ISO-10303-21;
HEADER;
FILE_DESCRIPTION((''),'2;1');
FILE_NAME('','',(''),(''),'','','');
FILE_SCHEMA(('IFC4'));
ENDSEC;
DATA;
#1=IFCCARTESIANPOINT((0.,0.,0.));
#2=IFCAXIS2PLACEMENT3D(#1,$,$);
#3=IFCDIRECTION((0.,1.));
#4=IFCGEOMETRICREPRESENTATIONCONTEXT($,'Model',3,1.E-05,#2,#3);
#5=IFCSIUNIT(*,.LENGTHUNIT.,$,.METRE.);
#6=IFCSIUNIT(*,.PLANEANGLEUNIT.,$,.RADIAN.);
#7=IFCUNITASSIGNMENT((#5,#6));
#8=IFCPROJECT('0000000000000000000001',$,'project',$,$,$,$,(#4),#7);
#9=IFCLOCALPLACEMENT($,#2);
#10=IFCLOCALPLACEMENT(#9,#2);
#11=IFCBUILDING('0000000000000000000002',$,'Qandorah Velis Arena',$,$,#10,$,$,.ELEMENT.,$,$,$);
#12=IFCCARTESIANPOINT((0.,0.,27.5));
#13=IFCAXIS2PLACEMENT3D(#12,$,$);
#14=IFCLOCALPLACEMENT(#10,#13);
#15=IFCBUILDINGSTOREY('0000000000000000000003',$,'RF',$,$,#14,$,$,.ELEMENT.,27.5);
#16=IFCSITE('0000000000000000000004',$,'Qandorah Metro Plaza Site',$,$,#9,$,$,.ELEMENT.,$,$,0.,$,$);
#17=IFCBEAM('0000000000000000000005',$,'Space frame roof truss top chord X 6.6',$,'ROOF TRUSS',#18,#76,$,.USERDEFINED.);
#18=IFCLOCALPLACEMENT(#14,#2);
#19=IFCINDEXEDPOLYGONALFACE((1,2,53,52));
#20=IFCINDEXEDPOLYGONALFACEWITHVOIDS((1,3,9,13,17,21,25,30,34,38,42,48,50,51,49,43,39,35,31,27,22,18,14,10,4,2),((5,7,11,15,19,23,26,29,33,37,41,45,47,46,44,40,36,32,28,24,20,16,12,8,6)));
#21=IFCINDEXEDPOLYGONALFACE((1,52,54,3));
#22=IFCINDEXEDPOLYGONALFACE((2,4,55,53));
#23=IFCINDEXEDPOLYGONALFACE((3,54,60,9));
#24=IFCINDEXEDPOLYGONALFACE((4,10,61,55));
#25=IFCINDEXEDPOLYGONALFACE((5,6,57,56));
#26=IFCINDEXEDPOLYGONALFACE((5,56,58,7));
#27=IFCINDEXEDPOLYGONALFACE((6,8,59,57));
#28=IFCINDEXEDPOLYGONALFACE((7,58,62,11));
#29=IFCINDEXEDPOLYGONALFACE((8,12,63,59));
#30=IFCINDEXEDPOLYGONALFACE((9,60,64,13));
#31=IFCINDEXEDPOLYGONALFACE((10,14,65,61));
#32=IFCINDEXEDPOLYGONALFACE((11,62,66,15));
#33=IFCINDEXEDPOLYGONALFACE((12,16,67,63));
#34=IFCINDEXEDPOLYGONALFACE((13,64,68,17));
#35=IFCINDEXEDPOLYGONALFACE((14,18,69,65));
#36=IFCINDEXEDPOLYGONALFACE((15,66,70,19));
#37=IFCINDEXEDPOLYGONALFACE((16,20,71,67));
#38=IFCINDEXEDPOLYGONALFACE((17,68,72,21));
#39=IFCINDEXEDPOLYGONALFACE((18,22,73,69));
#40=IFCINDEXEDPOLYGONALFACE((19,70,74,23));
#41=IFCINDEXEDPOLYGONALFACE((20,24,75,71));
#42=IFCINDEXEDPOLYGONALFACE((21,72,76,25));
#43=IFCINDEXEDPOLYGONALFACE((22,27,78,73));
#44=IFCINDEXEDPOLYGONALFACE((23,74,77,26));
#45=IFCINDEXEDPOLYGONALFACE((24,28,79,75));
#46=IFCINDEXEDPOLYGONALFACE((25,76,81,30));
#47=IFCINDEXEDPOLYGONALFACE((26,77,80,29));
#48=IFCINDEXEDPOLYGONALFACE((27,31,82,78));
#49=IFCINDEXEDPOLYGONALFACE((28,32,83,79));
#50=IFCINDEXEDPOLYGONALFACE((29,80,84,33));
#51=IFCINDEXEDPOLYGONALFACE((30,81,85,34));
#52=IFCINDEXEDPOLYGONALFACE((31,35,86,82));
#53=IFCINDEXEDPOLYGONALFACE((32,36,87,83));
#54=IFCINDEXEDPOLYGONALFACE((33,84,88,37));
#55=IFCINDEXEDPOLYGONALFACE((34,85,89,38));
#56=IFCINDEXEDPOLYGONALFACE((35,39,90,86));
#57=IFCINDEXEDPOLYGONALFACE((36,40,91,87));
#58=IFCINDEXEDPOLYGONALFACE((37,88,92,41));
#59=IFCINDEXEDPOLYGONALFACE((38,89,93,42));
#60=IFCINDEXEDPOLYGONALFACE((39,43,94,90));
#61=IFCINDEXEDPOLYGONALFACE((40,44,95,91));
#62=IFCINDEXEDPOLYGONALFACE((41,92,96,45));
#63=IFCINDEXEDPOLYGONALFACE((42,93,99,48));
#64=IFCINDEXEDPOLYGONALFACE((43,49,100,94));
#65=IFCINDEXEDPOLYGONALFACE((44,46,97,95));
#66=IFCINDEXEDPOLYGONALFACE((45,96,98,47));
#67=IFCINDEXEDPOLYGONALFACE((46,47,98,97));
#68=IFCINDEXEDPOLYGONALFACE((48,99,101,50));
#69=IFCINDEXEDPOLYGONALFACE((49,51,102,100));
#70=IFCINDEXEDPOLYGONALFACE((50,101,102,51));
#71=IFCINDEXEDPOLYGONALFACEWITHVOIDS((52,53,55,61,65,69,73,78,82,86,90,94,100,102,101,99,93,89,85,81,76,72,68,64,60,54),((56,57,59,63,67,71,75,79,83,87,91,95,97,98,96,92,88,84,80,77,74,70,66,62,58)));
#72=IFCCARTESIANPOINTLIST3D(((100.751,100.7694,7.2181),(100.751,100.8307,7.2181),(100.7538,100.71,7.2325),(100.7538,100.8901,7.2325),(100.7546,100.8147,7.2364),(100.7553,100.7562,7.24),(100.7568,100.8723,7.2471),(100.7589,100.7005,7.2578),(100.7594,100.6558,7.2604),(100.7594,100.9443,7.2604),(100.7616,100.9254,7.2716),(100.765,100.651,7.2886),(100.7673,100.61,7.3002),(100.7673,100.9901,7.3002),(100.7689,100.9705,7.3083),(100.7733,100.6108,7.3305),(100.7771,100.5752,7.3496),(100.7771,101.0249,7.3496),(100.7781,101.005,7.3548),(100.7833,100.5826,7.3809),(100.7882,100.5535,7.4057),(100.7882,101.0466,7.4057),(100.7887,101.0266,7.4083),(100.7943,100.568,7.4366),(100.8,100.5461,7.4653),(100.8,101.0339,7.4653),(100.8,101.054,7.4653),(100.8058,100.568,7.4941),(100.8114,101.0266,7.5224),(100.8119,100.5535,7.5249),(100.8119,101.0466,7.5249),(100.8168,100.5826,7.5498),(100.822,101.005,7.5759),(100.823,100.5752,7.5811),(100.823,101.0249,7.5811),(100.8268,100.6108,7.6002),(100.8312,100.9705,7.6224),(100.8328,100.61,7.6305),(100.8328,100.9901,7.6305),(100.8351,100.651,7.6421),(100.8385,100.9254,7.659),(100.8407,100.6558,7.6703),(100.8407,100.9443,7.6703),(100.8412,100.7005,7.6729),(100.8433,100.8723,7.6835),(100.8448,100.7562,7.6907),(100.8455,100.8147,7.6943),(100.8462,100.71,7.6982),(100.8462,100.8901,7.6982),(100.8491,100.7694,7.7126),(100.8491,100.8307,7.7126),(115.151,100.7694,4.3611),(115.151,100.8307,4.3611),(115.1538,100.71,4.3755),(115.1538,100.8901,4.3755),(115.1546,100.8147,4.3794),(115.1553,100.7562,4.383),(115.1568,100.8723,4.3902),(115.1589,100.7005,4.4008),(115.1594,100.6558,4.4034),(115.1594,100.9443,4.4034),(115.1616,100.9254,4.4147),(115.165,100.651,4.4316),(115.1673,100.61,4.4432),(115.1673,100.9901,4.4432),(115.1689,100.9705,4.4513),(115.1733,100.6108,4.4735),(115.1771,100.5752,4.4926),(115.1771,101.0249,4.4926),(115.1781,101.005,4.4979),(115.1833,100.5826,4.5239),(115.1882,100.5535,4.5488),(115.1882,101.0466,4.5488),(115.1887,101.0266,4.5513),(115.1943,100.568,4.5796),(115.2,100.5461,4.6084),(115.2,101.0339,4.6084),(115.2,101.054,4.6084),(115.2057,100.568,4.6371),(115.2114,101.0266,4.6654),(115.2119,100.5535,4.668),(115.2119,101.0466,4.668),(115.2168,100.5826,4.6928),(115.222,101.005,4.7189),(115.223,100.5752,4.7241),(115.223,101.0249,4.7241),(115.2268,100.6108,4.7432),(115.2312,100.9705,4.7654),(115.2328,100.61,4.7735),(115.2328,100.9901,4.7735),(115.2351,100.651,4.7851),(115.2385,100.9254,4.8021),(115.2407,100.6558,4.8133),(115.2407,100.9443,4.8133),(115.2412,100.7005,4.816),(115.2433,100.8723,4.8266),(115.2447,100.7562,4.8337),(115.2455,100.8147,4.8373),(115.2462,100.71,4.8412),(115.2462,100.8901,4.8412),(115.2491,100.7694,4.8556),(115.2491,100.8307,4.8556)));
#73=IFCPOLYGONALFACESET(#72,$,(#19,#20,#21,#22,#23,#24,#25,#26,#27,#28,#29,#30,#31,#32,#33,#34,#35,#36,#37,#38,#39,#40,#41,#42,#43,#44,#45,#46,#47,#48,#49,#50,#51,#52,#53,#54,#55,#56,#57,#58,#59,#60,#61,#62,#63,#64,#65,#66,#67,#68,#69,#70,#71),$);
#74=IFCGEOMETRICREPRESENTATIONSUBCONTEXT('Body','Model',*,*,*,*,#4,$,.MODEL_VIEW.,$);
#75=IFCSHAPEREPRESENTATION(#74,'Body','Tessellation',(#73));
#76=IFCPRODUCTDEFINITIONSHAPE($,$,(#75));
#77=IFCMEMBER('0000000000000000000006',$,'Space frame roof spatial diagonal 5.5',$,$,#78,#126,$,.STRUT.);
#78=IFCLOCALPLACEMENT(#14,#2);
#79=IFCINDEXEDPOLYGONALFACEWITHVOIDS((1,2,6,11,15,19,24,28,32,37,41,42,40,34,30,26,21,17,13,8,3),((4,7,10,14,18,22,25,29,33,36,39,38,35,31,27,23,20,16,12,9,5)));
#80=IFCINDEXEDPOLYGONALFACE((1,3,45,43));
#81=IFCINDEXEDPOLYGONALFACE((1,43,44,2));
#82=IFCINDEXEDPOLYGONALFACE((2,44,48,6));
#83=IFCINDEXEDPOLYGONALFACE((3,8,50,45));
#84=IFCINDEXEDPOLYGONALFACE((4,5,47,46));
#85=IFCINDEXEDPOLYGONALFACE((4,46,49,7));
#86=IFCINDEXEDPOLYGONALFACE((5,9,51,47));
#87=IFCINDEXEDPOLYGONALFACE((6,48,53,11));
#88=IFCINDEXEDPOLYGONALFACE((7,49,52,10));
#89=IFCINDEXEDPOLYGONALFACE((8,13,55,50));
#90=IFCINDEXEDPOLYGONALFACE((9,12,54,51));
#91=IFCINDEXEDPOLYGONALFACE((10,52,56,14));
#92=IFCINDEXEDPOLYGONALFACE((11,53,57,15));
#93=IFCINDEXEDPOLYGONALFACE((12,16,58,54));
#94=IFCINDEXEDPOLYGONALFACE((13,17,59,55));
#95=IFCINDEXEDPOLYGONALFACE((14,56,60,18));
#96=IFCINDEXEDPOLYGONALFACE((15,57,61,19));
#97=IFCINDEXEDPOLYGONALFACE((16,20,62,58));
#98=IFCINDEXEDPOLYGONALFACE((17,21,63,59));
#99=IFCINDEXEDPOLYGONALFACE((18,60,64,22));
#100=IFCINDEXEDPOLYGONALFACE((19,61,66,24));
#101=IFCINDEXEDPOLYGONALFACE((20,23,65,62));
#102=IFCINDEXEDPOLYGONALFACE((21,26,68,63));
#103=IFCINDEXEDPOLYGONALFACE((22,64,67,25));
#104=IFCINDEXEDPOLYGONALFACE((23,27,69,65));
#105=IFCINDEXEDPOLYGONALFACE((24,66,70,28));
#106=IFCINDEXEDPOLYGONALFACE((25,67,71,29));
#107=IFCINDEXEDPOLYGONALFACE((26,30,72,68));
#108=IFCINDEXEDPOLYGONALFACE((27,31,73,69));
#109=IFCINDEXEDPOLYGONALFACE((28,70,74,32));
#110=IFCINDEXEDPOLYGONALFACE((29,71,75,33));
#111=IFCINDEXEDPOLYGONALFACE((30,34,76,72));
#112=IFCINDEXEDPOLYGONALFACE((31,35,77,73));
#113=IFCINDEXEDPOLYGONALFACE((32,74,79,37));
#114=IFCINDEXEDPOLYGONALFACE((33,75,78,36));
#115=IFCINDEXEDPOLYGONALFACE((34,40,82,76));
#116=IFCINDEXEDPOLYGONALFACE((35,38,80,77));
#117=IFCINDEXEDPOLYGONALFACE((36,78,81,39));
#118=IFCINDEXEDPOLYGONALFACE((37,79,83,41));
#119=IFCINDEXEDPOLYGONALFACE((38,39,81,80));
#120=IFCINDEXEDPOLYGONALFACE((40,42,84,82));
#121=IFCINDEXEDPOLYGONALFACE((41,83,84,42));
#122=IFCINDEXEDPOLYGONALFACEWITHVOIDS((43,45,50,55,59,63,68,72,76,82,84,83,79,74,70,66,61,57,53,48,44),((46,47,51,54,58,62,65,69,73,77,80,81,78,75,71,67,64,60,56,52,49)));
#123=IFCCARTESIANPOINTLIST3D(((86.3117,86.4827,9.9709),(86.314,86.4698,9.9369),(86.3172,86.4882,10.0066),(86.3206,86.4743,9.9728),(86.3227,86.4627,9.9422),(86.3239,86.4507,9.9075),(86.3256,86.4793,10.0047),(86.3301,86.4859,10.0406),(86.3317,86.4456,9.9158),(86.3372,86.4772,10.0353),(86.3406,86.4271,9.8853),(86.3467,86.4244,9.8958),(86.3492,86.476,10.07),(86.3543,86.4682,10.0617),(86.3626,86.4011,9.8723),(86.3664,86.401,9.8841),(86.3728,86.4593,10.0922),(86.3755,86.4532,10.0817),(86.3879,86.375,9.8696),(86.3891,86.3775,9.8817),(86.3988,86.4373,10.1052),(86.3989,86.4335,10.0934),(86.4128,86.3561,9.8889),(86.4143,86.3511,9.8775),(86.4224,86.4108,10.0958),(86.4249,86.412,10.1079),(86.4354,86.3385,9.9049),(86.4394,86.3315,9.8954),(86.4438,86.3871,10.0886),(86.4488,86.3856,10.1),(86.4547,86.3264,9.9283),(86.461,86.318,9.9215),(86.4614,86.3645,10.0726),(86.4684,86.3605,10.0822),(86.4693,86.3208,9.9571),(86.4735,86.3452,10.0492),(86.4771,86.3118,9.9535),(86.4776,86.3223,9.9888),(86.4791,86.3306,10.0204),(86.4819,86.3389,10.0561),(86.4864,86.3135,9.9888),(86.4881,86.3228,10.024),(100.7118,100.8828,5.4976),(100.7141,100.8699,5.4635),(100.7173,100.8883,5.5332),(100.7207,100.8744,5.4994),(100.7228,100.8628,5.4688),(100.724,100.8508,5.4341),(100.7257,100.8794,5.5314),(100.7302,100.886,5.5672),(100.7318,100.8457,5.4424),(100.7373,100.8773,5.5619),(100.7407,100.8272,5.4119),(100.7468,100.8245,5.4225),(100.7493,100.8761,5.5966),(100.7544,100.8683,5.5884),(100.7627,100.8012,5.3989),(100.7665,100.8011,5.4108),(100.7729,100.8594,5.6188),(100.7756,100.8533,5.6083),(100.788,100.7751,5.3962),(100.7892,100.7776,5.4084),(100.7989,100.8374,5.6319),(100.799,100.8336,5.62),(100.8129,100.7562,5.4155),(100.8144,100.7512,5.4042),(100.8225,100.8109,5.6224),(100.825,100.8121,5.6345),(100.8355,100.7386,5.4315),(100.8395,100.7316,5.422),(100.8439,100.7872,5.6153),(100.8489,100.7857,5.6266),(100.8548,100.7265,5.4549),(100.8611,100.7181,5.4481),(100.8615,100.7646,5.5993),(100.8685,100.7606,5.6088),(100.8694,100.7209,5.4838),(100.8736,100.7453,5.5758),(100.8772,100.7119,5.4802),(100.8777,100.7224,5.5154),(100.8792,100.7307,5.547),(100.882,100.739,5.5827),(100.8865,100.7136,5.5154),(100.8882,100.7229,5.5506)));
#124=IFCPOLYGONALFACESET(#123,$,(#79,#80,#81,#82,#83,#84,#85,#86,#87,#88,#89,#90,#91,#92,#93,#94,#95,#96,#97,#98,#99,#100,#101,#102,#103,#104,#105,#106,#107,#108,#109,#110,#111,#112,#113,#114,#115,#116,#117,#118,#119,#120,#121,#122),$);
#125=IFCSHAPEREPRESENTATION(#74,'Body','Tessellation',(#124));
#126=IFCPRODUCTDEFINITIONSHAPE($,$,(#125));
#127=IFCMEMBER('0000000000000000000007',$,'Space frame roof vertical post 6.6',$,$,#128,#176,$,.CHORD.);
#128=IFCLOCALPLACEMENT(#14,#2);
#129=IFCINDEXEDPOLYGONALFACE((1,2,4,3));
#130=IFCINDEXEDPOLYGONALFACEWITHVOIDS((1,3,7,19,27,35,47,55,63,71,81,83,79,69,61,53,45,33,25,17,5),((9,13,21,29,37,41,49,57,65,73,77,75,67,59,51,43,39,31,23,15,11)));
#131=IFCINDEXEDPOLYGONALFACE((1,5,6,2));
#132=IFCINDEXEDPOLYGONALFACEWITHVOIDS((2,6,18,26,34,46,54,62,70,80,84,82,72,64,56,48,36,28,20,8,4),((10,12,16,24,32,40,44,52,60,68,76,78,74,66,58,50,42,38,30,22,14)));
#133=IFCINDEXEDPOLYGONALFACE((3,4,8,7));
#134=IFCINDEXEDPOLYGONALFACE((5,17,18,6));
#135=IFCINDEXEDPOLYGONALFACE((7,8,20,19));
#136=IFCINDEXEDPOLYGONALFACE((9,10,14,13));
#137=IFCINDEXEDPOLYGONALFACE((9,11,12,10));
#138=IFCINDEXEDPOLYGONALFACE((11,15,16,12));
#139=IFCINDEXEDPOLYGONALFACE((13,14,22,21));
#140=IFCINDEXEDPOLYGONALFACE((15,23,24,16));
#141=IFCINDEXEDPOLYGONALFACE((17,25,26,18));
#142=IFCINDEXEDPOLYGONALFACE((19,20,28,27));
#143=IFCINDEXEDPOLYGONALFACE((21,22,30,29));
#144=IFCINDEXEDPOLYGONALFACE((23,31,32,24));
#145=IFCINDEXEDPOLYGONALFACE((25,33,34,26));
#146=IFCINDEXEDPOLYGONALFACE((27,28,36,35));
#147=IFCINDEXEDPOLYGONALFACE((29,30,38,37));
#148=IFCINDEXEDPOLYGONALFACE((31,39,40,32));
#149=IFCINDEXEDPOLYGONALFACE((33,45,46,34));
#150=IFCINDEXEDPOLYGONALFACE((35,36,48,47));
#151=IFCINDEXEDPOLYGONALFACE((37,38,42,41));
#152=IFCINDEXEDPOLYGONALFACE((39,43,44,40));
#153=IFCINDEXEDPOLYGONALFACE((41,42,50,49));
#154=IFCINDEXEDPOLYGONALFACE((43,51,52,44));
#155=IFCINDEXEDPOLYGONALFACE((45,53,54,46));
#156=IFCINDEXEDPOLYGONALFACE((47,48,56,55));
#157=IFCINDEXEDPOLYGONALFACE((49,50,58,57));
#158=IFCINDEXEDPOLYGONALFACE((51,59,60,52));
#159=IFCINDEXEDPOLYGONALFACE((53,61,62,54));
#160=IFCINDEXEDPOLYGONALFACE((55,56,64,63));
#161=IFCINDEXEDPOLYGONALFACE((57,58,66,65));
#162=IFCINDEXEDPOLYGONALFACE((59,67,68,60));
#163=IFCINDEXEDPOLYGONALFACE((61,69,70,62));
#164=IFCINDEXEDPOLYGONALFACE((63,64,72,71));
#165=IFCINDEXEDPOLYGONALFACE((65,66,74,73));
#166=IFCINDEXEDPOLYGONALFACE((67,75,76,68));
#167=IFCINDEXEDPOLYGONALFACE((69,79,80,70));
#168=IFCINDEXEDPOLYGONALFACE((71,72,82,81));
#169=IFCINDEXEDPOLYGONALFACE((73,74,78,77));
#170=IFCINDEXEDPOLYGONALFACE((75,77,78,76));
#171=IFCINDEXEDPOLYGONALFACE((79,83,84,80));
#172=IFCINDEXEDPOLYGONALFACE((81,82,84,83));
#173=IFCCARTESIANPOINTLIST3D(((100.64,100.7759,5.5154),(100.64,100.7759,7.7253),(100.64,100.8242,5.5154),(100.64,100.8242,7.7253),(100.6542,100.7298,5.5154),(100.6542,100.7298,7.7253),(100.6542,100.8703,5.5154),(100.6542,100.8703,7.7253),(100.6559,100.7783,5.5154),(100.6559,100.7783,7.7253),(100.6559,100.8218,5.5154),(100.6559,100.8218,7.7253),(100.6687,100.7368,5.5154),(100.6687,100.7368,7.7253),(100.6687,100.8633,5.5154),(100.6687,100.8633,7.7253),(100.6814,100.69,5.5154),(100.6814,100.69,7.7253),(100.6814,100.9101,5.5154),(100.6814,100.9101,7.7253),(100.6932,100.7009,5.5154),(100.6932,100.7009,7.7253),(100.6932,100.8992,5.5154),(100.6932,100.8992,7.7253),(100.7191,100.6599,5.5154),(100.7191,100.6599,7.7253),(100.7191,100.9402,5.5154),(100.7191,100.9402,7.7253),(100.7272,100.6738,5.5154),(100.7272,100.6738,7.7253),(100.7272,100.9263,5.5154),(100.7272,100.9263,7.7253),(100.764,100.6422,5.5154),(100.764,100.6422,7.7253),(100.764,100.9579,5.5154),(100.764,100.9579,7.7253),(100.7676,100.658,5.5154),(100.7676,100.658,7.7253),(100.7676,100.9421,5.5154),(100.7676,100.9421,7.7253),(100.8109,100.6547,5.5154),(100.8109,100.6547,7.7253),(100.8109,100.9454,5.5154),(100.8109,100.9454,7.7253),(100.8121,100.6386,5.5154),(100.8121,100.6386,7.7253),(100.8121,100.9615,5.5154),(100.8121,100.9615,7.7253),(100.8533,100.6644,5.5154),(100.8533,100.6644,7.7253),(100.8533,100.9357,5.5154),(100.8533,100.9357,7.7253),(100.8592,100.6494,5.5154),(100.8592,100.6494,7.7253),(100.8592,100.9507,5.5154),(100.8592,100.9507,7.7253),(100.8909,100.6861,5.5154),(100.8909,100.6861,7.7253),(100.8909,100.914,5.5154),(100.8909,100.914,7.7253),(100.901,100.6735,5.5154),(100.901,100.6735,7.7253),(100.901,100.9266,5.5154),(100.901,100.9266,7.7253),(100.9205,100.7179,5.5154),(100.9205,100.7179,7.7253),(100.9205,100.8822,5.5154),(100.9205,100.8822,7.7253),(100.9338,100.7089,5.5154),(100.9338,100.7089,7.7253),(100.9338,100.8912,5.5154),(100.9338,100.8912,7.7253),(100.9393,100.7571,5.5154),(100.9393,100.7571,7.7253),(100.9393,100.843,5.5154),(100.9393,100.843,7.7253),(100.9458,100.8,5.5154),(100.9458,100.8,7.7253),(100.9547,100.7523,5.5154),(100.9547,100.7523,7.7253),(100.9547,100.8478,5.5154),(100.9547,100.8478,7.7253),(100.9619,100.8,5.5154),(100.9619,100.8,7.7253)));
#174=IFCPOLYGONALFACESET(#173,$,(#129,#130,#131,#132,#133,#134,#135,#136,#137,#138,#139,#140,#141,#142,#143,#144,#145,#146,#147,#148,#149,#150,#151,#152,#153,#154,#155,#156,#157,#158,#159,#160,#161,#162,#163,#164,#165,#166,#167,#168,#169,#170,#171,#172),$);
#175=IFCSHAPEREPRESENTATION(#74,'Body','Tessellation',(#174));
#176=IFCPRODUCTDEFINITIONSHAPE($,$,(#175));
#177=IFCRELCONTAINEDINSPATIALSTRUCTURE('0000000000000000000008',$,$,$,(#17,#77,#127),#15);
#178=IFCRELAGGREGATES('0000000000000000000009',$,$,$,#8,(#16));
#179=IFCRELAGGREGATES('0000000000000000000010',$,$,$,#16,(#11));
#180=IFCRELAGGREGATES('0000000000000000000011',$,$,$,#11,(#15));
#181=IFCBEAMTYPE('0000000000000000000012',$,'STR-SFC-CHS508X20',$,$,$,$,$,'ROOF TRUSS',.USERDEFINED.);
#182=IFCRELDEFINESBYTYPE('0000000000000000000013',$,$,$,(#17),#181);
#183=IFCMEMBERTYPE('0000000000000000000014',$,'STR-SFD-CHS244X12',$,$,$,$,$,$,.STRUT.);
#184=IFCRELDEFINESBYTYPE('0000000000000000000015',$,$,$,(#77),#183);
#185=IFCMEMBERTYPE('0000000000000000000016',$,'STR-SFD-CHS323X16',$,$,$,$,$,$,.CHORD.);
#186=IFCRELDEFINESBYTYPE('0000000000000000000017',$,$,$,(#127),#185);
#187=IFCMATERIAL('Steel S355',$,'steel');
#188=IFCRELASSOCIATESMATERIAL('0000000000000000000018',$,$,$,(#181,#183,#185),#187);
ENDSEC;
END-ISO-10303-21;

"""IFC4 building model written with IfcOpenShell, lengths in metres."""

from ifc_helpers import new_model, si_unit, direction, frame, origin, origin_2d, place, context, subcontext, project, spatial, hollow_circle, extrude, material, material_profile, profile_set, type_object, element, save


model = new_model("IFC4")

# Units and contexts
model_context = context("Model", 3, precision=1e-05, world=origin(), true_north=direction((0.0, 1.0)))
body_context = subcontext(model_context, "Body", "Model", "MODEL_VIEW")
ifc_project = project(units=[si_unit("LENGTHUNIT", "METRE"), si_unit("PLANEANGLEUNIT", "RADIAN")], contexts=[model_context])

# Site, building, storey
site_placement = place(None, origin())
site = spatial("IfcSite", under=ifc_project, at=site_placement, Name="Qandorah Metro Plaza Site", CompositionType="ELEMENT", RefElevation=0.0)
building_placement = place(site_placement, origin())
building = spatial("IfcBuilding", under=site, at=building_placement, Name="Qandorah Velis Arena", CompositionType="ELEMENT")
storey_placement = place(building_placement, frame((0.0, 0.0, 27.5)))
storey = spatial("IfcBuildingStorey", under=building, at=storey_placement, Name="RF", CompositionType="ELEMENT", Elevation=27.5)

# Shared definitions
ifc_material_1 = material(Name="Steel S355", Category="steel")

# Beam
ifc_material_profile_1 = material_profile(ifc_material_1, hollow_circle(Radius=0.2539, WallThickness=0.02, at=origin_2d()), Name="CHS 508x20")
ifc_profile_set_1 = profile_set([ifc_material_profile_1], Name="Steel S355")
beam_type_1 = type_object("IfcBeamType", Name="STR-SFC-CHS508X20", ElementType="ROOF TRUSS", PredefinedType="USERDEFINED", material=ifc_profile_set_1)
beam_1_placement = place(storey_placement, frame((100.8, 100.8, 7.4653), z_axis=(0.980881, 0.0, -0.194606), x_axis=(0.0, 1.0, 0.0)))
element("IfcBeam", 1, at=beam_1_placement, inside=storey, type_object=beam_type_1, Name="Space frame roof truss top chord X 6.6", ObjectType="ROOF TRUSS", PredefinedType="USERDEFINED", context=body_context, shape_type="SweptSolid", body=[
    extrude(hollow_circle(Radius=0.2539, WallThickness=0.02, at=origin_2d()), origin(), (0.0, 0.0, 1.0), 14.6807),
])

# Members
ifc_material_profile_2 = material_profile(ifc_material_1, hollow_circle(Radius=0.1223, WallThickness=0.0125, at=origin_2d()), Name="CHS 244.5x12.5")
ifc_profile_set_2 = profile_set([ifc_material_profile_2], Name="Steel S355")
member_type_1 = type_object("IfcMemberType", Name="STR-SFD-CHS244X12", PredefinedType="STRUT", material=ifc_profile_set_2)
member_1_placement = place(storey_placement, frame((100.8, 100.8, 5.5154), z_axis=(-0.690641, -0.690641, 0.214547), x_axis=(0.707107, -0.707107, 0.0)))
element("IfcMember", 2, at=member_1_placement, inside=storey, type_object=member_type_1, Name="Space frame roof spatial diagonal 5.5", PredefinedType="STRUT", context=body_context, shape_type="SweptSolid", body=[
    extrude(hollow_circle(Radius=0.1223, WallThickness=0.0125, at=origin_2d()), origin(), (0.0, 0.0, 1.0), 20.8503),
])
ifc_material_profile_3 = material_profile(ifc_material_1, hollow_circle(Radius=0.1619, WallThickness=0.0161, at=origin_2d()), Name="CHS 323.9x16")
ifc_profile_set_3 = profile_set([ifc_material_profile_3], Name="Steel S355")
member_type_2 = type_object("IfcMemberType", Name="STR-SFD-CHS323X16", PredefinedType="CHORD", material=ifc_profile_set_3)
member_2_placement = place(storey_placement, frame((100.8, 100.8, 5.5154), z_axis=(0.0, 0.0, 1.0), x_axis=(1.0, 0.0, 0.0)))
element("IfcMember", 3, at=member_2_placement, inside=storey, type_object=member_type_2, Name="Space frame roof vertical post 6.6", PredefinedType="CHORD", context=body_context, shape_type="SweptSolid", body=[
    extrude(hollow_circle(Radius=0.1619, WallThickness=0.0161, at=origin_2d()), origin(), (0.0, 0.0, 1.0), 2.21),
])

save(model, "model.ifc")
